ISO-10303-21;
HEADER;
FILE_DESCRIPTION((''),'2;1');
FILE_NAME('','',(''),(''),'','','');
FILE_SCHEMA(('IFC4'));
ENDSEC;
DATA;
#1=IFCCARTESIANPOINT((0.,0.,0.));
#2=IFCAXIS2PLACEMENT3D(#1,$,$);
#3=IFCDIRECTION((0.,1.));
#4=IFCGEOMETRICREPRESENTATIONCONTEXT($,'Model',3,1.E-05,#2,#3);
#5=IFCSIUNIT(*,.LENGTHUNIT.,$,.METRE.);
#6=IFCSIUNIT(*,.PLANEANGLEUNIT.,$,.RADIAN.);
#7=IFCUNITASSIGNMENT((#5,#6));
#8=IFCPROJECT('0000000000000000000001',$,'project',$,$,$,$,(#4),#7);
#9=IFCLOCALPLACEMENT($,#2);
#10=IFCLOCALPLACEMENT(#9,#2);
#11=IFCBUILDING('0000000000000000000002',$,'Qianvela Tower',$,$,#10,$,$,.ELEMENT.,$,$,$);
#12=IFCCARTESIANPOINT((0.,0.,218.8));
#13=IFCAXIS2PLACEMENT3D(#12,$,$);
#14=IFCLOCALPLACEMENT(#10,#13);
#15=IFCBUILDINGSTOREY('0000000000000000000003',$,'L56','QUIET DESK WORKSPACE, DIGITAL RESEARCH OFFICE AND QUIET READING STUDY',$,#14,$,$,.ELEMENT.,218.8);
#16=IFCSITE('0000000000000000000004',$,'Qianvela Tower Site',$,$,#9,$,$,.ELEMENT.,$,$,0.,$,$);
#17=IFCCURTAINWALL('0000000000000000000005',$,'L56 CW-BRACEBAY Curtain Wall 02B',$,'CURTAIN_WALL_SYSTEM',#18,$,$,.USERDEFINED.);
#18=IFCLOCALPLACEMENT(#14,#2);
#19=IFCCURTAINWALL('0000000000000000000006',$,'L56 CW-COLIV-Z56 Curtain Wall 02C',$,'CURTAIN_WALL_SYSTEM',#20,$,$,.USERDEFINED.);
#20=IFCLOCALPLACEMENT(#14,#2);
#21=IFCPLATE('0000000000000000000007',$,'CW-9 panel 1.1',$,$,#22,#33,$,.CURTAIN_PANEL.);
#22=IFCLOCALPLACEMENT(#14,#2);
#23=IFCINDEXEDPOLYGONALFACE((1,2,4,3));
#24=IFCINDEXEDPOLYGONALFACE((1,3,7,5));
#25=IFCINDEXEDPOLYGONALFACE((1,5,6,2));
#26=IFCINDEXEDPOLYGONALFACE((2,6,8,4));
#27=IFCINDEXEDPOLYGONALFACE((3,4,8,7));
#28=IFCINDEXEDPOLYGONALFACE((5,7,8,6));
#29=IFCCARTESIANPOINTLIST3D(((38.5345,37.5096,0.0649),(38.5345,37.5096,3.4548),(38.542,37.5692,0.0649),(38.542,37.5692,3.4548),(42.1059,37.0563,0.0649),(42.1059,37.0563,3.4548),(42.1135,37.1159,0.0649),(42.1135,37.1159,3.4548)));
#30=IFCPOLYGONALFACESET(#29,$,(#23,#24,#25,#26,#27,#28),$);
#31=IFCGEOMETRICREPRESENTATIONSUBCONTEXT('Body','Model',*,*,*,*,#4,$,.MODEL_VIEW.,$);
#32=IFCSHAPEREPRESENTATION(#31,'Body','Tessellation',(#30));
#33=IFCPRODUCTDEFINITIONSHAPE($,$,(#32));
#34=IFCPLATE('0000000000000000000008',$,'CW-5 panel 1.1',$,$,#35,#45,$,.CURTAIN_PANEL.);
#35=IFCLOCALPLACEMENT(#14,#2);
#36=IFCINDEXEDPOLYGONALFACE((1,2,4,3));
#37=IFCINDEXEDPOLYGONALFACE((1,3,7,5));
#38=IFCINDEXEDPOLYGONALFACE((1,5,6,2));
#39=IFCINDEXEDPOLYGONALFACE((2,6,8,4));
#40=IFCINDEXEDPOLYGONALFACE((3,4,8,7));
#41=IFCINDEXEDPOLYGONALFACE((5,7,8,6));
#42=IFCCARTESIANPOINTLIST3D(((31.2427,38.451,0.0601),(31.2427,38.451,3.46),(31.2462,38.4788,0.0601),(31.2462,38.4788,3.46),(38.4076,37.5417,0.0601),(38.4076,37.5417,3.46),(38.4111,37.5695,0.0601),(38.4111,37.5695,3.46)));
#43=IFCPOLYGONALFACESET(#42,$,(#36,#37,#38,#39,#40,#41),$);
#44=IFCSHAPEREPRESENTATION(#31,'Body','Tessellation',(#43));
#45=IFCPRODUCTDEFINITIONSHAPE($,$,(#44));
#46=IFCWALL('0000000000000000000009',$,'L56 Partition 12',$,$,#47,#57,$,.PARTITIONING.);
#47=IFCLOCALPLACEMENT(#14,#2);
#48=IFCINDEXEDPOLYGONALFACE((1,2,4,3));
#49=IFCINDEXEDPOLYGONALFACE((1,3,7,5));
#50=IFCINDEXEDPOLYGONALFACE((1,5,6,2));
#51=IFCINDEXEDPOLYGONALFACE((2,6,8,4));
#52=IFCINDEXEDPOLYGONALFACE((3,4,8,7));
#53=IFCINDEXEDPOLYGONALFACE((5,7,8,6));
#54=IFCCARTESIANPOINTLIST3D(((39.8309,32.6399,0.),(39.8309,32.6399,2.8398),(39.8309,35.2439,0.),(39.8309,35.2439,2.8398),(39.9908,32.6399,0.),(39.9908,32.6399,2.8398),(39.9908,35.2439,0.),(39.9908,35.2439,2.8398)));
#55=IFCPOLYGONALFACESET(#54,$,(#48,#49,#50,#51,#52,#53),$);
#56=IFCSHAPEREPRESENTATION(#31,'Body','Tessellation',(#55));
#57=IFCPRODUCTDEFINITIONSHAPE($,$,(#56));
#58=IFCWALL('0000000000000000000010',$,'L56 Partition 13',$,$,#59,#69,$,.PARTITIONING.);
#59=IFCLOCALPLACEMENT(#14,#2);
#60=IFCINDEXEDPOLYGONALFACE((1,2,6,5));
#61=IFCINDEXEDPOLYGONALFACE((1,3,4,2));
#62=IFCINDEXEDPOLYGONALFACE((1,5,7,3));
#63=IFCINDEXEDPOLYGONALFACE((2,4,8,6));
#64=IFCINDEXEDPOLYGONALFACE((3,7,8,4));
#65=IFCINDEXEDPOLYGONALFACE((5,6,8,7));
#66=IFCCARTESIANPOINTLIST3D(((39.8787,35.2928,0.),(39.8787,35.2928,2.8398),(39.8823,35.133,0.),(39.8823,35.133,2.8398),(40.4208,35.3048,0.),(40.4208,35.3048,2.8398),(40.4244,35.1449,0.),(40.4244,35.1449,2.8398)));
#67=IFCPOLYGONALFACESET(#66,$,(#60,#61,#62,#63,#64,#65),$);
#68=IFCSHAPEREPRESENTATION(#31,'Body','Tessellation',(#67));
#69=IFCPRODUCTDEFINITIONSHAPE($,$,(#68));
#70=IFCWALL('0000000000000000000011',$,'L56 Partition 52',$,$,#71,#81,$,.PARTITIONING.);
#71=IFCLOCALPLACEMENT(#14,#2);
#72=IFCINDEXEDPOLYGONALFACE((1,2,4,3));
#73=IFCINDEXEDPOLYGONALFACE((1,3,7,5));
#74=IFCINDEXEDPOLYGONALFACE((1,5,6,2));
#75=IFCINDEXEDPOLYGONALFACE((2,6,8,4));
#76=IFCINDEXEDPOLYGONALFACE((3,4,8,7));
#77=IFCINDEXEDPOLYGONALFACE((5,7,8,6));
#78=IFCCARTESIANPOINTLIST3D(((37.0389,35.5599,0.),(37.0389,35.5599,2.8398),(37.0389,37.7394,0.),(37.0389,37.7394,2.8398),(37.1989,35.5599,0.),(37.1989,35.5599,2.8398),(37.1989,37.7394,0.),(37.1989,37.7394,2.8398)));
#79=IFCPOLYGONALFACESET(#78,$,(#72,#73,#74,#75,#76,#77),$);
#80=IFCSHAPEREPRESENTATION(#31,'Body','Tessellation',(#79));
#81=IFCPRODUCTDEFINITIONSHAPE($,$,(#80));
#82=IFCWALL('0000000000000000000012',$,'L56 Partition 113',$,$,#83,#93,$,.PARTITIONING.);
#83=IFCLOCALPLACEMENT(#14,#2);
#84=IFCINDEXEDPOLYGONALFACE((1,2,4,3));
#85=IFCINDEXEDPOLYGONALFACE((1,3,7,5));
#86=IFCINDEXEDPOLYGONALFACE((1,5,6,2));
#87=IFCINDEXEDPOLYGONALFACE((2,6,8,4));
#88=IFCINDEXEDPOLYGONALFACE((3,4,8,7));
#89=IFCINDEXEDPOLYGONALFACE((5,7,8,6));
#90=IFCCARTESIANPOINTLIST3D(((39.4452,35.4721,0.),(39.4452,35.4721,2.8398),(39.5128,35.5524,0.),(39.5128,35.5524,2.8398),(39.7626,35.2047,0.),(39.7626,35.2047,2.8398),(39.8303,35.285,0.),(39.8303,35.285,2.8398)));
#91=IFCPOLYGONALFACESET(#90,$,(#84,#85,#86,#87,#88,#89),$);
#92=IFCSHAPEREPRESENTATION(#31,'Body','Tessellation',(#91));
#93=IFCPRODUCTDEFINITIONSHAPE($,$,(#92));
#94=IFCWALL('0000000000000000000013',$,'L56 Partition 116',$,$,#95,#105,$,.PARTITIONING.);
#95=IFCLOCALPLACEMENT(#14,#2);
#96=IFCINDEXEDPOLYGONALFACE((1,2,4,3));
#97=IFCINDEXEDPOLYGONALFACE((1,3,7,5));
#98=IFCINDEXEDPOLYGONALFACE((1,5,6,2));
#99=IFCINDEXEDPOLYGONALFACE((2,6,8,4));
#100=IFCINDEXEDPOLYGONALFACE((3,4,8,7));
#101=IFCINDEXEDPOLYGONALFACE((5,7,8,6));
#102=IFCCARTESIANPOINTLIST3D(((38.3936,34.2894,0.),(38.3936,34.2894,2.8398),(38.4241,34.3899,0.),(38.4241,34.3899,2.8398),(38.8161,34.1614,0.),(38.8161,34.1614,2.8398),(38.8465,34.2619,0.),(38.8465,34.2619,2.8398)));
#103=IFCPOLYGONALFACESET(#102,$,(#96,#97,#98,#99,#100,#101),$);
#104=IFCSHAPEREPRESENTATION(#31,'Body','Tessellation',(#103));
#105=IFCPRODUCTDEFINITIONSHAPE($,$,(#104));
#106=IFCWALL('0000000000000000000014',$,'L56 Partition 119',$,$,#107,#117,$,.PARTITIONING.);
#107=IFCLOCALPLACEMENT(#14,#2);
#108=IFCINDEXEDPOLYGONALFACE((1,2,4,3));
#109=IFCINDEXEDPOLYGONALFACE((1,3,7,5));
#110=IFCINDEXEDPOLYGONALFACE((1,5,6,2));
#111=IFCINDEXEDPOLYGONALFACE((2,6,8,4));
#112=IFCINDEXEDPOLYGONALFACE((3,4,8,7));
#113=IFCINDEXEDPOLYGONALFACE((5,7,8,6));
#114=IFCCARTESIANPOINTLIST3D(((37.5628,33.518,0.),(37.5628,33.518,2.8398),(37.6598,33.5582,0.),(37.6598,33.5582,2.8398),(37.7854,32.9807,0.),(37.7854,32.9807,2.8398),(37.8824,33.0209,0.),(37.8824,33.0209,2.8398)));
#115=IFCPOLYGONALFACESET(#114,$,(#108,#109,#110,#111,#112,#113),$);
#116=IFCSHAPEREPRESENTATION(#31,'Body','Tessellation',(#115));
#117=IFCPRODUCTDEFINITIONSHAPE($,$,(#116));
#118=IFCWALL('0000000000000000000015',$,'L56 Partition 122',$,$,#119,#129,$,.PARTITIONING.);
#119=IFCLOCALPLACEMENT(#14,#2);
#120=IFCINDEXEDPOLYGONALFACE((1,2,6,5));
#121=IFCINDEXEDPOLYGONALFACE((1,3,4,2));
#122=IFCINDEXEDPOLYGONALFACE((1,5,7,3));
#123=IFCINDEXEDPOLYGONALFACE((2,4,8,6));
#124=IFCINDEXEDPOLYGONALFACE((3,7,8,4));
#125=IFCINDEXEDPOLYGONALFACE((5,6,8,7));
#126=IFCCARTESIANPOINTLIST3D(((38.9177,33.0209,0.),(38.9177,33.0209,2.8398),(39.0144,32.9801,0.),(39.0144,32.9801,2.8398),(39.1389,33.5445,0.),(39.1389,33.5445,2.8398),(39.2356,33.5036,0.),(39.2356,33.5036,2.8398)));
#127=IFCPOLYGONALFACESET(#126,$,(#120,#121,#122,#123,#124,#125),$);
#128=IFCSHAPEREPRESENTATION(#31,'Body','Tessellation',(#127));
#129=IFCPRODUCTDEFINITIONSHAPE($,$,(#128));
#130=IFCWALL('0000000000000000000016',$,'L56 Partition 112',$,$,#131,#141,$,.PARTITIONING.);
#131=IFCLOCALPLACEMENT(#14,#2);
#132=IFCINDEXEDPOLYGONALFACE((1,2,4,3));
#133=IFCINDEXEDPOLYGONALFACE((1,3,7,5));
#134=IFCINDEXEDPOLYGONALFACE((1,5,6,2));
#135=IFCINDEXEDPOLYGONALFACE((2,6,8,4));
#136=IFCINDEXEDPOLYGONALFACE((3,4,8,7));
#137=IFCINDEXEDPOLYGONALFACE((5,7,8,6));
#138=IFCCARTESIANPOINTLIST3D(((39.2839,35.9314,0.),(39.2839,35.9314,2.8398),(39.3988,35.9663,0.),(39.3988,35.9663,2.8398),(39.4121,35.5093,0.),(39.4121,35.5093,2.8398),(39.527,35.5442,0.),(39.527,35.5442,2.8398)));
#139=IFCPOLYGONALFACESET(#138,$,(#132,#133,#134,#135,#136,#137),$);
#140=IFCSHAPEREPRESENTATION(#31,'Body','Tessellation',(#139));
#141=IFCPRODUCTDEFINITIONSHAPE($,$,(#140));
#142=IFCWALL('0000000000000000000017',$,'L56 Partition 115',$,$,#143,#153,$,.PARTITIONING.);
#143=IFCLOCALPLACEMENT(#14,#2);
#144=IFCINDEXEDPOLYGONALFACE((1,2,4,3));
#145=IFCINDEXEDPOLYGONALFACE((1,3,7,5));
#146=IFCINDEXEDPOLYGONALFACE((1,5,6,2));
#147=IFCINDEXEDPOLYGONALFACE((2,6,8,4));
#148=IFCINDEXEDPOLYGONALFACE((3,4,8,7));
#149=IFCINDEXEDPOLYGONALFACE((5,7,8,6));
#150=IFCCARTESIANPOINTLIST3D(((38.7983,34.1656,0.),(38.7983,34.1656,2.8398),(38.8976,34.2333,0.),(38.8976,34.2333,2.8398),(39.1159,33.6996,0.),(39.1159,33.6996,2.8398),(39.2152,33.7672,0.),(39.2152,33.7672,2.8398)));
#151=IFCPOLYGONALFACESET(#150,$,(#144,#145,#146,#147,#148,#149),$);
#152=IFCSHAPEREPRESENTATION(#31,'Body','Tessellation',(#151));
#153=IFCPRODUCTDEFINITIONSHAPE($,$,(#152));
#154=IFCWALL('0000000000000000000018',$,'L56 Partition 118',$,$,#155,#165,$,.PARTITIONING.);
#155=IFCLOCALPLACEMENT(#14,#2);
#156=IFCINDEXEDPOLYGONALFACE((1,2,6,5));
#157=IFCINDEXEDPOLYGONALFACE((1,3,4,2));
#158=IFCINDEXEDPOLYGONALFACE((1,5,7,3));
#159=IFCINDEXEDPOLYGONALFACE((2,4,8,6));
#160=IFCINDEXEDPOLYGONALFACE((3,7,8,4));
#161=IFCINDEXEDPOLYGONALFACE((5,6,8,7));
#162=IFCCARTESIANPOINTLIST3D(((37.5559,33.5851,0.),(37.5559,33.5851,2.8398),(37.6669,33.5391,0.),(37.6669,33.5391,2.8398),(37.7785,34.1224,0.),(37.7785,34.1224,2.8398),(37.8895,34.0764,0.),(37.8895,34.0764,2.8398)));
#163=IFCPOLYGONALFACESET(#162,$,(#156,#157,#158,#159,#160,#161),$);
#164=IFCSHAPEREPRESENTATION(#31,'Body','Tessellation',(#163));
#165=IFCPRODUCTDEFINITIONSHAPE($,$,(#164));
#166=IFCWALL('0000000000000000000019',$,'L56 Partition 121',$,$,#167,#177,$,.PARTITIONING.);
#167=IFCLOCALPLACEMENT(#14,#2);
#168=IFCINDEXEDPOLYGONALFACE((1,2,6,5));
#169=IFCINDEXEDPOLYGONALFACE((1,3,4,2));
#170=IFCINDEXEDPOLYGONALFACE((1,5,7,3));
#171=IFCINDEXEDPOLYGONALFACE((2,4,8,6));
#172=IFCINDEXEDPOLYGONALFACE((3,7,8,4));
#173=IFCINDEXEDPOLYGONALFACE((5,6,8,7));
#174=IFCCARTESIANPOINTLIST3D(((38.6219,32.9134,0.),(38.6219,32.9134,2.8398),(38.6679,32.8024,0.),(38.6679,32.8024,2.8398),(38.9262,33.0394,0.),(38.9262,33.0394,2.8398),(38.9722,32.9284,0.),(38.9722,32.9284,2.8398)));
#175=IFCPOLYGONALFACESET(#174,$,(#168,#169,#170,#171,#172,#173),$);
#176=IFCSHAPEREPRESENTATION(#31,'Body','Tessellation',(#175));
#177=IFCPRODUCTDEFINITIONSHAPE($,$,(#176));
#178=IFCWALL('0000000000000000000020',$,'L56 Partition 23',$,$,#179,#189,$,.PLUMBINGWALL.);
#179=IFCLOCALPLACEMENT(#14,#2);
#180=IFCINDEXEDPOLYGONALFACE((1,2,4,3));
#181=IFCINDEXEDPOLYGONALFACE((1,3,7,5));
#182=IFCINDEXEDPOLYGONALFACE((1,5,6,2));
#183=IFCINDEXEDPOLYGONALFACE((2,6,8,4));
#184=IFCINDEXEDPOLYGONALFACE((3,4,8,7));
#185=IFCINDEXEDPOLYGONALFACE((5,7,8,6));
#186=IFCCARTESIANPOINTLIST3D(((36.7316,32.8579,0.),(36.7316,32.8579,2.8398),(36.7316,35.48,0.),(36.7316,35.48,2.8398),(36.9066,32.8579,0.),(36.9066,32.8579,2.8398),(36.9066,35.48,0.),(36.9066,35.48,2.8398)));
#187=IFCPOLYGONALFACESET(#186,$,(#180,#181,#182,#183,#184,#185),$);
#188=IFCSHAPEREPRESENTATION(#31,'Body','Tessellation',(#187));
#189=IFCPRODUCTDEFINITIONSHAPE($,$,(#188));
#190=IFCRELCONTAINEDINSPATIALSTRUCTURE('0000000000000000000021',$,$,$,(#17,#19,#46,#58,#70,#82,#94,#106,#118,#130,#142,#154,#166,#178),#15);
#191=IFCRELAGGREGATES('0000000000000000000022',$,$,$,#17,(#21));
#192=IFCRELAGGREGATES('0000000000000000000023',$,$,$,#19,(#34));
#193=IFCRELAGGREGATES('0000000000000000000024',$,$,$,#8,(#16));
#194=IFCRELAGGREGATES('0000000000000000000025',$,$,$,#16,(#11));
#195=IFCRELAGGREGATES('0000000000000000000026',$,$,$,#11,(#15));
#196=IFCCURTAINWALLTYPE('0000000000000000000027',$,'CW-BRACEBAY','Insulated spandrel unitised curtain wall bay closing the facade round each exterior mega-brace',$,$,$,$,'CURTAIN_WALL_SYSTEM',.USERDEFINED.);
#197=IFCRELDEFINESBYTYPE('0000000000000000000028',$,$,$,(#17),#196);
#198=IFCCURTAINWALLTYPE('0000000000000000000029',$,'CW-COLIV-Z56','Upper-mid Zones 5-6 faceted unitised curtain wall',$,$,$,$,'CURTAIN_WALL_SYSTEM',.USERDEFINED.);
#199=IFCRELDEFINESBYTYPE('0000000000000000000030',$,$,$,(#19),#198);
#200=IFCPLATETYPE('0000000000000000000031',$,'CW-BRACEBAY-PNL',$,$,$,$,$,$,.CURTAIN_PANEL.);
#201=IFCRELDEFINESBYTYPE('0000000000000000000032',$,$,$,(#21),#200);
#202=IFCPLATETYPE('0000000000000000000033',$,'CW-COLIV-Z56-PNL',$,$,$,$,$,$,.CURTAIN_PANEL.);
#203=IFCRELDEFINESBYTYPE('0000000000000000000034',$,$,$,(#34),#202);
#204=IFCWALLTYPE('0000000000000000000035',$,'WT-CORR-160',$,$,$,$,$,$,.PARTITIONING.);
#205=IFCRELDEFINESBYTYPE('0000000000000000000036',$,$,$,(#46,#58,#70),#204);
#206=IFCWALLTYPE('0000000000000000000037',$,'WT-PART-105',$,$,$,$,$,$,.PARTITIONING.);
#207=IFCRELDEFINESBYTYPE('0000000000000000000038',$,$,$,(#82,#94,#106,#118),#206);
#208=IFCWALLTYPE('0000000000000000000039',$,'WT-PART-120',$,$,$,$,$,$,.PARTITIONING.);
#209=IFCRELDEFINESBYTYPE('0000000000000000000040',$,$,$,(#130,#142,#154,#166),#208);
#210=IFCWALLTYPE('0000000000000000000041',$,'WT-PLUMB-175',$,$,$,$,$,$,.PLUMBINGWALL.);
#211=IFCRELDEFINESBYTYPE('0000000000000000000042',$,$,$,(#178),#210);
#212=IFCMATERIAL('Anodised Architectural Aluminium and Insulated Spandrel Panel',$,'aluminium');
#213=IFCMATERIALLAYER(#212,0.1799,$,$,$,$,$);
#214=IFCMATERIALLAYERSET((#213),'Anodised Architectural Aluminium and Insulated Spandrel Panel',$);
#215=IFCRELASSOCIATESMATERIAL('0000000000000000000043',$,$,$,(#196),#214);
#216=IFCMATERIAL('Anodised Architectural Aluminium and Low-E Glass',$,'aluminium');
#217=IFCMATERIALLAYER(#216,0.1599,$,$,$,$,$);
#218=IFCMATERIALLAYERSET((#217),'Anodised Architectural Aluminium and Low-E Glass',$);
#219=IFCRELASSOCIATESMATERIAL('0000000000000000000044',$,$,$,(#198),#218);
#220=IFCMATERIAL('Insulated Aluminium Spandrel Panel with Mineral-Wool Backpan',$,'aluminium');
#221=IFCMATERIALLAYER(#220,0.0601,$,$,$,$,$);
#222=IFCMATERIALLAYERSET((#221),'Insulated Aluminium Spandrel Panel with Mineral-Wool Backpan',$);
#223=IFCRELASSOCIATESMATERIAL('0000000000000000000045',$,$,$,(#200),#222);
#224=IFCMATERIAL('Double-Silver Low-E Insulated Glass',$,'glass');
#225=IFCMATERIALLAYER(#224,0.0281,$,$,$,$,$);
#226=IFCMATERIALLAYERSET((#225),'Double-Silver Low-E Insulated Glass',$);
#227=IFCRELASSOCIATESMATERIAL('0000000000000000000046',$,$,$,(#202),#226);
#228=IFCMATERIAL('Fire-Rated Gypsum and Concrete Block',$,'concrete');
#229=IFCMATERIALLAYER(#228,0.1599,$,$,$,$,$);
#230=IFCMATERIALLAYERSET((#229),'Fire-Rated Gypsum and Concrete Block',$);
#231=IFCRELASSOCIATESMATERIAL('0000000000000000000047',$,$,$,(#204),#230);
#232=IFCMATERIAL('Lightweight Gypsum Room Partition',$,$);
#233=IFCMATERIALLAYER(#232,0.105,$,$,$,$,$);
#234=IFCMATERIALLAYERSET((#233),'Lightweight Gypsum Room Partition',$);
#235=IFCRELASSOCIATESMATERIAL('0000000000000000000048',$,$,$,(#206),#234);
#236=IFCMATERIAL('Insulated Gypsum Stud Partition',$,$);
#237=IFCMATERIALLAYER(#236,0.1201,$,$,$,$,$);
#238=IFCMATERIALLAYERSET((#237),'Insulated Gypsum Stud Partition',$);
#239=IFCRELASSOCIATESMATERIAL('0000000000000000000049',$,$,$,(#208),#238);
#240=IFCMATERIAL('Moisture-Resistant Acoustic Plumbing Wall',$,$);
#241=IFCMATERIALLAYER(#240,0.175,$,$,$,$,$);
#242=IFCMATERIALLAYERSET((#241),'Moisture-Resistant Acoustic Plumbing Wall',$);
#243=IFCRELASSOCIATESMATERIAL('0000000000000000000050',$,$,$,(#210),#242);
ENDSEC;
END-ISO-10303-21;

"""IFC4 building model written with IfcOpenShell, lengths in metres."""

from ifc_helpers import new_model, si_unit, direction, frame, frame_2d, origin, origin_2d, place, context, subcontext, project, spatial, rectangle, extrude, material, layer, layer_set, type_object, element, aggregate, save


model = new_model("IFC4")

# Units and contexts
model_context = context("Model", 3, precision=1e-05, world=origin(), true_north=direction((0.0, 1.0)))
body_context = subcontext(model_context, "Body", "Model", "MODEL_VIEW")
ifc_project = project(units=[si_unit("LENGTHUNIT", "METRE"), si_unit("PLANEANGLEUNIT", "RADIAN")], contexts=[model_context])

# Site, building, storey
site_placement = place(None, origin())
site = spatial("IfcSite", under=ifc_project, at=site_placement, Name="Qianvela Tower Site", CompositionType="ELEMENT", RefElevation=0.0)
building_placement = place(site_placement, origin())
building = spatial("IfcBuilding", under=site, at=building_placement, Name="Qianvela Tower", CompositionType="ELEMENT")
storey_placement = place(building_placement, frame((0.0, 0.0, 218.8)))
storey = spatial("IfcBuildingStorey", under=building, at=storey_placement, Name="L56", Description="QUIET DESK WORKSPACE, DIGITAL RESEARCH OFFICE AND QUIET READING STUDY", CompositionType="ELEMENT", Elevation=218.8)

# Curtain wall
ifc_material_1 = material(Name="Anodised Architectural Aluminium and Insulated Spandrel Panel", Category="aluminium")
ifc_layer_1 = layer(ifc_material_1, 0.1799)
ifc_layer_set_1 = layer_set([ifc_layer_1], Name="Anodised Architectural Aluminium and Insulated Spandrel Panel")
curtain_wall_type_1 = type_object("IfcCurtainWallType", Name="CW-BRACEBAY", Description="Insulated spandrel unitised curtain wall bay closing the facade round each exterior mega-brace", ElementType="CURTAIN_WALL_SYSTEM", PredefinedType="USERDEFINED", material=ifc_layer_set_1)
curtain_wall_1_placement = place(storey_placement, origin())
curtain_wall_1 = element("IfcCurtainWall", 1, at=curtain_wall_1_placement, inside=storey, type_object=curtain_wall_type_1, Name="L56 CW-BRACEBAY Curtain Wall 02B", ObjectType="CURTAIN_WALL_SYSTEM", PredefinedType="USERDEFINED")

# Curtain wall
ifc_material_2 = material(Name="Anodised Architectural Aluminium and Low-E Glass", Category="aluminium")
ifc_layer_2 = layer(ifc_material_2, 0.1599)
ifc_layer_set_2 = layer_set([ifc_layer_2], Name="Anodised Architectural Aluminium and Low-E Glass")
curtain_wall_type_2 = type_object("IfcCurtainWallType", Name="CW-COLIV-Z56", Description="Upper-mid Zones 5-6 faceted unitised curtain wall", ElementType="CURTAIN_WALL_SYSTEM", PredefinedType="USERDEFINED", material=ifc_layer_set_2)
curtain_wall_2_placement = place(storey_placement, origin())
curtain_wall_2 = element("IfcCurtainWall", 2, at=curtain_wall_2_placement, inside=storey, type_object=curtain_wall_type_2, Name="L56 CW-COLIV-Z56 Curtain Wall 02C", ObjectType="CURTAIN_WALL_SYSTEM", PredefinedType="USERDEFINED")

# Plates
ifc_material_3 = material(Name="Insulated Aluminium Spandrel Panel with Mineral-Wool Backpan", Category="aluminium")
ifc_layer_3 = layer(ifc_material_3, 0.0601)
ifc_layer_set_3 = layer_set([ifc_layer_3], Name="Insulated Aluminium Spandrel Panel with Mineral-Wool Backpan")
plate_type_1 = type_object("IfcPlateType", Name="CW-BRACEBAY-PNL", PredefinedType="CURTAIN_PANEL", material=ifc_layer_set_3)
plate_1_placement = place(storey_placement, frame((40.324, 37.3127, 0.0649), z_axis=(0.0, 0.0, 1.0), x_axis=(-0.992043, 0.125899, 0.0)))
plate_1 = element("IfcPlate", 3, at=plate_1_placement, type_object=plate_type_1, Name="CW-9 panel 1.1", PredefinedType="CURTAIN_PANEL", context=body_context, shape_type="SweptSolid", body=[
    extrude(rectangle(XDim=3.6001, YDim=0.0601, at=origin_2d()), origin(), (0.0, 0.0, 1.0), 3.3899),
])
aggregate(curtain_wall_1, [plate_1])
ifc_material_4 = material(Name="Double-Silver Low-E Insulated Glass", Category="glass")
ifc_layer_4 = layer(ifc_material_4, 0.0281)
ifc_layer_set_4 = layer_set([ifc_layer_4], Name="Double-Silver Low-E Insulated Glass")
plate_type_2 = type_object("IfcPlateType", Name="CW-COLIV-Z56-PNL", PredefinedType="CURTAIN_PANEL", material=ifc_layer_set_4)
plate_2_placement = place(storey_placement, frame((34.8269, 38.0103, 0.0601), z_axis=(0.0, 0.0, 1.0), x_axis=(-0.992043, 0.125903, 0.0)))
plate_2 = element("IfcPlate", 4, at=plate_2_placement, type_object=plate_type_2, Name="CW-5 panel 1.1", PredefinedType="CURTAIN_PANEL", context=body_context, shape_type="SweptSolid", body=[
    extrude(rectangle(XDim=7.2224, YDim=0.0281, at=origin_2d()), origin(), (0.0, 0.0, 1.0), 3.3999),
])
aggregate(curtain_wall_2, [plate_2])

# Walls
ifc_material_5 = material(Name="Fire-Rated Gypsum and Concrete Block", Category="concrete")
ifc_layer_5 = layer(ifc_material_5, 0.1599)
ifc_layer_set_5 = layer_set([ifc_layer_5], Name="Fire-Rated Gypsum and Concrete Block")
wall_type_1 = type_object("IfcWallType", Name="WT-CORR-160", PredefinedType="PARTITIONING", material=ifc_layer_set_5)
wall_1_placement = place(storey_placement, frame((39.9109, 32.6399, 0.0), z_axis=(0.0, 0.0, 1.0), x_axis=(0.0, 1.0, 0.0)))
element("IfcWall", 5, at=wall_1_placement, inside=storey, type_object=wall_type_1, Name="L56 Partition 12", PredefinedType="PARTITIONING", context=body_context, shape_type="SweptSolid", body=[
    extrude(rectangle(XDim=2.604, YDim=0.1599, at=frame_2d((1.302, 0.0))), origin(), (0.0, 0.0, 1.0), 2.8398),
])
wall_2_placement = place(storey_placement, frame((39.8806, 35.2129, 0.0), z_axis=(0.0, 0.0, 1.0), x_axis=(0.999757, 0.022067, 0.0)))
element("IfcWall", 6, at=wall_2_placement, inside=storey, type_object=wall_type_1, Name="L56 Partition 13", PredefinedType="PARTITIONING", context=body_context, shape_type="SweptSolid", body=[
    extrude(rectangle(XDim=0.5422, YDim=0.1599, at=frame_2d((0.271, 0.0))), origin(), (0.0, 0.0, 1.0), 2.8398),
])
wall_3_placement = place(storey_placement, frame((37.1189, 37.7395, 0.0), z_axis=(0.0, 0.0, 1.0), x_axis=(0.0, -1.0, 0.0)))
element("IfcWall", 7, at=wall_3_placement, inside=storey, type_object=wall_type_1, Name="L56 Partition 52", PredefinedType="PARTITIONING", context=body_context, shape_type="SweptSolid", body=[
    extrude(rectangle(XDim=2.1794, YDim=0.1599, at=frame_2d((1.0898, 0.0))), origin(), (0.0, 0.0, 1.0), 2.8398),
])
ifc_material_6 = material(Name="Lightweight Gypsum Room Partition")
ifc_layer_6 = layer(ifc_material_6, 0.105)
ifc_layer_set_6 = layer_set([ifc_layer_6], Name="Lightweight Gypsum Room Partition")
wall_type_2 = type_object("IfcWallType", Name="WT-PART-105", PredefinedType="PARTITIONING", material=ifc_layer_set_6)
wall_4_placement = place(storey_placement, frame((39.479, 35.5122, 0.0), z_axis=(0.0, 0.0, 1.0), x_axis=(0.764835, -0.644226, 0.0)))
element("IfcWall", 8, at=wall_4_placement, inside=storey, type_object=wall_type_2, Name="L56 Partition 113", PredefinedType="PARTITIONING", context=body_context, shape_type="SweptSolid", body=[
    extrude(rectangle(XDim=0.415, YDim=0.105, at=frame_2d((0.2075, 0.0))), origin(), (0.0, 0.0, 1.0), 2.8398),
])
wall_5_placement = place(storey_placement, frame((38.8313, 34.2117, 0.0), z_axis=(0.0, 0.0, 1.0), x_axis=(-0.957062, 0.289885, 0.0)))
element("IfcWall", 9, at=wall_5_placement, inside=storey, type_object=wall_type_2, Name="L56 Partition 116", PredefinedType="PARTITIONING", context=body_context, shape_type="SweptSolid", body=[
    extrude(rectangle(XDim=0.4414, YDim=0.105, at=frame_2d((0.2207, 0.0))), origin(), (0.0, 0.0, 1.0), 2.8398),
])
wall_6_placement = place(storey_placement, frame((37.6113, 33.5381, 0.0), z_axis=(0.0, 0.0, 1.0), x_axis=(0.382797, -0.923833, 0.0)))
element("IfcWall", 10, at=wall_6_placement, inside=storey, type_object=wall_type_2, Name="L56 Partition 119", PredefinedType="PARTITIONING", context=body_context, shape_type="SweptSolid", body=[
    extrude(rectangle(XDim=0.5815, YDim=0.105, at=frame_2d((0.2908, 0.0))), origin(), (0.0, 0.0, 1.0), 2.8398),
])
wall_7_placement = place(storey_placement, frame((38.9661, 33.0005, 0.0), z_axis=(0.0, 0.0, 1.0), x_axis=(0.389248, 0.921133, 0.0)))
element("IfcWall", 11, at=wall_7_placement, inside=storey, type_object=wall_type_2, Name="L56 Partition 122", PredefinedType="PARTITIONING", context=body_context, shape_type="SweptSolid", body=[
    extrude(rectangle(XDim=0.5684, YDim=0.105, at=frame_2d((0.2842, 0.0))), origin(), (0.0, 0.0, 1.0), 2.8398),
])
ifc_material_7 = material(Name="Insulated Gypsum Stud Partition")
ifc_layer_7 = layer(ifc_material_7, 0.1201)
ifc_layer_set_7 = layer_set([ifc_layer_7], Name="Insulated Gypsum Stud Partition")
wall_type_3 = type_object("IfcWallType", Name="WT-PART-120", PredefinedType="PARTITIONING", material=ifc_layer_set_7)
wall_8_placement = place(storey_placement, frame((39.3413, 35.949, 0.0), z_axis=(0.0, 0.0, 1.0), x_axis=(0.290545, -0.956861, 0.0)))
element("IfcWall", 12, at=wall_8_placement, inside=storey, type_object=wall_type_3, Name="L56 Partition 112", PredefinedType="PARTITIONING", context=body_context, shape_type="SweptSolid", body=[
    extrude(rectangle(XDim=0.4412, YDim=0.1201, at=frame_2d((0.2207, 0.0))), origin(), (0.0, 0.0, 1.0), 2.8398),
])
wall_9_placement = place(storey_placement, frame((39.1655, 33.7334, 0.0), z_axis=(0.0, 0.0, 1.0), x_axis=(-0.563162, 0.826346, 0.0)))
element("IfcWall", 13, at=wall_9_placement, inside=storey, type_object=wall_type_3, Name="L56 Partition 115", PredefinedType="PARTITIONING", context=body_context, shape_type="SweptSolid", body=[
    extrude(rectangle(XDim=0.564, YDim=0.1201, at=frame_2d((0.282, 0.0))), origin(), (0.0, 0.0, 1.0), 2.8398),
])
wall_10_placement = place(storey_placement, frame((37.834, 34.0994, 0.0), z_axis=(0.0, 0.0, 1.0), x_axis=(-0.382797, -0.923833, 0.0)))
element("IfcWall", 14, at=wall_10_placement, inside=storey, type_object=wall_type_3, Name="L56 Partition 118", PredefinedType="PARTITIONING", context=body_context, shape_type="SweptSolid", body=[
    extrude(rectangle(XDim=0.5815, YDim=0.1201, at=frame_2d((0.2908, 0.0))), origin(), (0.0, 0.0, 1.0), 2.8398),
])
wall_11_placement = place(storey_placement, frame((38.645, 32.8579, 0.0), z_axis=(0.0, 0.0, 1.0), x_axis=(0.923908, 0.382614, 0.0)))
element("IfcWall", 15, at=wall_11_placement, inside=storey, type_object=wall_type_3, Name="L56 Partition 121", PredefinedType="PARTITIONING", context=body_context, shape_type="SweptSolid", body=[
    extrude(rectangle(XDim=0.3293, YDim=0.1201, at=frame_2d((0.1646, 0.0))), origin(), (0.0, 0.0, 1.0), 2.8398),
])
ifc_material_8 = material(Name="Moisture-Resistant Acoustic Plumbing Wall")
ifc_layer_8 = layer(ifc_material_8, 0.175)
ifc_layer_set_8 = layer_set([ifc_layer_8], Name="Moisture-Resistant Acoustic Plumbing Wall")
wall_type_4 = type_object("IfcWallType", Name="WT-PLUMB-175", PredefinedType="PLUMBINGWALL", material=ifc_layer_set_8)
wall_12_placement = place(storey_placement, frame((36.8191, 35.48, 0.0), z_axis=(0.0, 0.0, 1.0), x_axis=(0.0, -1.0, 0.0)))
element("IfcWall", 16, at=wall_12_placement, inside=storey, type_object=wall_type_4, Name="L56 Partition 23", PredefinedType="PLUMBINGWALL", context=body_context, shape_type="SweptSolid", body=[
    extrude(rectangle(XDim=2.6221, YDim=0.175, at=frame_2d((1.311, 0.0))), origin(), (0.0, 0.0, 1.0), 2.8398),
])

save(model, "model.ifc")
